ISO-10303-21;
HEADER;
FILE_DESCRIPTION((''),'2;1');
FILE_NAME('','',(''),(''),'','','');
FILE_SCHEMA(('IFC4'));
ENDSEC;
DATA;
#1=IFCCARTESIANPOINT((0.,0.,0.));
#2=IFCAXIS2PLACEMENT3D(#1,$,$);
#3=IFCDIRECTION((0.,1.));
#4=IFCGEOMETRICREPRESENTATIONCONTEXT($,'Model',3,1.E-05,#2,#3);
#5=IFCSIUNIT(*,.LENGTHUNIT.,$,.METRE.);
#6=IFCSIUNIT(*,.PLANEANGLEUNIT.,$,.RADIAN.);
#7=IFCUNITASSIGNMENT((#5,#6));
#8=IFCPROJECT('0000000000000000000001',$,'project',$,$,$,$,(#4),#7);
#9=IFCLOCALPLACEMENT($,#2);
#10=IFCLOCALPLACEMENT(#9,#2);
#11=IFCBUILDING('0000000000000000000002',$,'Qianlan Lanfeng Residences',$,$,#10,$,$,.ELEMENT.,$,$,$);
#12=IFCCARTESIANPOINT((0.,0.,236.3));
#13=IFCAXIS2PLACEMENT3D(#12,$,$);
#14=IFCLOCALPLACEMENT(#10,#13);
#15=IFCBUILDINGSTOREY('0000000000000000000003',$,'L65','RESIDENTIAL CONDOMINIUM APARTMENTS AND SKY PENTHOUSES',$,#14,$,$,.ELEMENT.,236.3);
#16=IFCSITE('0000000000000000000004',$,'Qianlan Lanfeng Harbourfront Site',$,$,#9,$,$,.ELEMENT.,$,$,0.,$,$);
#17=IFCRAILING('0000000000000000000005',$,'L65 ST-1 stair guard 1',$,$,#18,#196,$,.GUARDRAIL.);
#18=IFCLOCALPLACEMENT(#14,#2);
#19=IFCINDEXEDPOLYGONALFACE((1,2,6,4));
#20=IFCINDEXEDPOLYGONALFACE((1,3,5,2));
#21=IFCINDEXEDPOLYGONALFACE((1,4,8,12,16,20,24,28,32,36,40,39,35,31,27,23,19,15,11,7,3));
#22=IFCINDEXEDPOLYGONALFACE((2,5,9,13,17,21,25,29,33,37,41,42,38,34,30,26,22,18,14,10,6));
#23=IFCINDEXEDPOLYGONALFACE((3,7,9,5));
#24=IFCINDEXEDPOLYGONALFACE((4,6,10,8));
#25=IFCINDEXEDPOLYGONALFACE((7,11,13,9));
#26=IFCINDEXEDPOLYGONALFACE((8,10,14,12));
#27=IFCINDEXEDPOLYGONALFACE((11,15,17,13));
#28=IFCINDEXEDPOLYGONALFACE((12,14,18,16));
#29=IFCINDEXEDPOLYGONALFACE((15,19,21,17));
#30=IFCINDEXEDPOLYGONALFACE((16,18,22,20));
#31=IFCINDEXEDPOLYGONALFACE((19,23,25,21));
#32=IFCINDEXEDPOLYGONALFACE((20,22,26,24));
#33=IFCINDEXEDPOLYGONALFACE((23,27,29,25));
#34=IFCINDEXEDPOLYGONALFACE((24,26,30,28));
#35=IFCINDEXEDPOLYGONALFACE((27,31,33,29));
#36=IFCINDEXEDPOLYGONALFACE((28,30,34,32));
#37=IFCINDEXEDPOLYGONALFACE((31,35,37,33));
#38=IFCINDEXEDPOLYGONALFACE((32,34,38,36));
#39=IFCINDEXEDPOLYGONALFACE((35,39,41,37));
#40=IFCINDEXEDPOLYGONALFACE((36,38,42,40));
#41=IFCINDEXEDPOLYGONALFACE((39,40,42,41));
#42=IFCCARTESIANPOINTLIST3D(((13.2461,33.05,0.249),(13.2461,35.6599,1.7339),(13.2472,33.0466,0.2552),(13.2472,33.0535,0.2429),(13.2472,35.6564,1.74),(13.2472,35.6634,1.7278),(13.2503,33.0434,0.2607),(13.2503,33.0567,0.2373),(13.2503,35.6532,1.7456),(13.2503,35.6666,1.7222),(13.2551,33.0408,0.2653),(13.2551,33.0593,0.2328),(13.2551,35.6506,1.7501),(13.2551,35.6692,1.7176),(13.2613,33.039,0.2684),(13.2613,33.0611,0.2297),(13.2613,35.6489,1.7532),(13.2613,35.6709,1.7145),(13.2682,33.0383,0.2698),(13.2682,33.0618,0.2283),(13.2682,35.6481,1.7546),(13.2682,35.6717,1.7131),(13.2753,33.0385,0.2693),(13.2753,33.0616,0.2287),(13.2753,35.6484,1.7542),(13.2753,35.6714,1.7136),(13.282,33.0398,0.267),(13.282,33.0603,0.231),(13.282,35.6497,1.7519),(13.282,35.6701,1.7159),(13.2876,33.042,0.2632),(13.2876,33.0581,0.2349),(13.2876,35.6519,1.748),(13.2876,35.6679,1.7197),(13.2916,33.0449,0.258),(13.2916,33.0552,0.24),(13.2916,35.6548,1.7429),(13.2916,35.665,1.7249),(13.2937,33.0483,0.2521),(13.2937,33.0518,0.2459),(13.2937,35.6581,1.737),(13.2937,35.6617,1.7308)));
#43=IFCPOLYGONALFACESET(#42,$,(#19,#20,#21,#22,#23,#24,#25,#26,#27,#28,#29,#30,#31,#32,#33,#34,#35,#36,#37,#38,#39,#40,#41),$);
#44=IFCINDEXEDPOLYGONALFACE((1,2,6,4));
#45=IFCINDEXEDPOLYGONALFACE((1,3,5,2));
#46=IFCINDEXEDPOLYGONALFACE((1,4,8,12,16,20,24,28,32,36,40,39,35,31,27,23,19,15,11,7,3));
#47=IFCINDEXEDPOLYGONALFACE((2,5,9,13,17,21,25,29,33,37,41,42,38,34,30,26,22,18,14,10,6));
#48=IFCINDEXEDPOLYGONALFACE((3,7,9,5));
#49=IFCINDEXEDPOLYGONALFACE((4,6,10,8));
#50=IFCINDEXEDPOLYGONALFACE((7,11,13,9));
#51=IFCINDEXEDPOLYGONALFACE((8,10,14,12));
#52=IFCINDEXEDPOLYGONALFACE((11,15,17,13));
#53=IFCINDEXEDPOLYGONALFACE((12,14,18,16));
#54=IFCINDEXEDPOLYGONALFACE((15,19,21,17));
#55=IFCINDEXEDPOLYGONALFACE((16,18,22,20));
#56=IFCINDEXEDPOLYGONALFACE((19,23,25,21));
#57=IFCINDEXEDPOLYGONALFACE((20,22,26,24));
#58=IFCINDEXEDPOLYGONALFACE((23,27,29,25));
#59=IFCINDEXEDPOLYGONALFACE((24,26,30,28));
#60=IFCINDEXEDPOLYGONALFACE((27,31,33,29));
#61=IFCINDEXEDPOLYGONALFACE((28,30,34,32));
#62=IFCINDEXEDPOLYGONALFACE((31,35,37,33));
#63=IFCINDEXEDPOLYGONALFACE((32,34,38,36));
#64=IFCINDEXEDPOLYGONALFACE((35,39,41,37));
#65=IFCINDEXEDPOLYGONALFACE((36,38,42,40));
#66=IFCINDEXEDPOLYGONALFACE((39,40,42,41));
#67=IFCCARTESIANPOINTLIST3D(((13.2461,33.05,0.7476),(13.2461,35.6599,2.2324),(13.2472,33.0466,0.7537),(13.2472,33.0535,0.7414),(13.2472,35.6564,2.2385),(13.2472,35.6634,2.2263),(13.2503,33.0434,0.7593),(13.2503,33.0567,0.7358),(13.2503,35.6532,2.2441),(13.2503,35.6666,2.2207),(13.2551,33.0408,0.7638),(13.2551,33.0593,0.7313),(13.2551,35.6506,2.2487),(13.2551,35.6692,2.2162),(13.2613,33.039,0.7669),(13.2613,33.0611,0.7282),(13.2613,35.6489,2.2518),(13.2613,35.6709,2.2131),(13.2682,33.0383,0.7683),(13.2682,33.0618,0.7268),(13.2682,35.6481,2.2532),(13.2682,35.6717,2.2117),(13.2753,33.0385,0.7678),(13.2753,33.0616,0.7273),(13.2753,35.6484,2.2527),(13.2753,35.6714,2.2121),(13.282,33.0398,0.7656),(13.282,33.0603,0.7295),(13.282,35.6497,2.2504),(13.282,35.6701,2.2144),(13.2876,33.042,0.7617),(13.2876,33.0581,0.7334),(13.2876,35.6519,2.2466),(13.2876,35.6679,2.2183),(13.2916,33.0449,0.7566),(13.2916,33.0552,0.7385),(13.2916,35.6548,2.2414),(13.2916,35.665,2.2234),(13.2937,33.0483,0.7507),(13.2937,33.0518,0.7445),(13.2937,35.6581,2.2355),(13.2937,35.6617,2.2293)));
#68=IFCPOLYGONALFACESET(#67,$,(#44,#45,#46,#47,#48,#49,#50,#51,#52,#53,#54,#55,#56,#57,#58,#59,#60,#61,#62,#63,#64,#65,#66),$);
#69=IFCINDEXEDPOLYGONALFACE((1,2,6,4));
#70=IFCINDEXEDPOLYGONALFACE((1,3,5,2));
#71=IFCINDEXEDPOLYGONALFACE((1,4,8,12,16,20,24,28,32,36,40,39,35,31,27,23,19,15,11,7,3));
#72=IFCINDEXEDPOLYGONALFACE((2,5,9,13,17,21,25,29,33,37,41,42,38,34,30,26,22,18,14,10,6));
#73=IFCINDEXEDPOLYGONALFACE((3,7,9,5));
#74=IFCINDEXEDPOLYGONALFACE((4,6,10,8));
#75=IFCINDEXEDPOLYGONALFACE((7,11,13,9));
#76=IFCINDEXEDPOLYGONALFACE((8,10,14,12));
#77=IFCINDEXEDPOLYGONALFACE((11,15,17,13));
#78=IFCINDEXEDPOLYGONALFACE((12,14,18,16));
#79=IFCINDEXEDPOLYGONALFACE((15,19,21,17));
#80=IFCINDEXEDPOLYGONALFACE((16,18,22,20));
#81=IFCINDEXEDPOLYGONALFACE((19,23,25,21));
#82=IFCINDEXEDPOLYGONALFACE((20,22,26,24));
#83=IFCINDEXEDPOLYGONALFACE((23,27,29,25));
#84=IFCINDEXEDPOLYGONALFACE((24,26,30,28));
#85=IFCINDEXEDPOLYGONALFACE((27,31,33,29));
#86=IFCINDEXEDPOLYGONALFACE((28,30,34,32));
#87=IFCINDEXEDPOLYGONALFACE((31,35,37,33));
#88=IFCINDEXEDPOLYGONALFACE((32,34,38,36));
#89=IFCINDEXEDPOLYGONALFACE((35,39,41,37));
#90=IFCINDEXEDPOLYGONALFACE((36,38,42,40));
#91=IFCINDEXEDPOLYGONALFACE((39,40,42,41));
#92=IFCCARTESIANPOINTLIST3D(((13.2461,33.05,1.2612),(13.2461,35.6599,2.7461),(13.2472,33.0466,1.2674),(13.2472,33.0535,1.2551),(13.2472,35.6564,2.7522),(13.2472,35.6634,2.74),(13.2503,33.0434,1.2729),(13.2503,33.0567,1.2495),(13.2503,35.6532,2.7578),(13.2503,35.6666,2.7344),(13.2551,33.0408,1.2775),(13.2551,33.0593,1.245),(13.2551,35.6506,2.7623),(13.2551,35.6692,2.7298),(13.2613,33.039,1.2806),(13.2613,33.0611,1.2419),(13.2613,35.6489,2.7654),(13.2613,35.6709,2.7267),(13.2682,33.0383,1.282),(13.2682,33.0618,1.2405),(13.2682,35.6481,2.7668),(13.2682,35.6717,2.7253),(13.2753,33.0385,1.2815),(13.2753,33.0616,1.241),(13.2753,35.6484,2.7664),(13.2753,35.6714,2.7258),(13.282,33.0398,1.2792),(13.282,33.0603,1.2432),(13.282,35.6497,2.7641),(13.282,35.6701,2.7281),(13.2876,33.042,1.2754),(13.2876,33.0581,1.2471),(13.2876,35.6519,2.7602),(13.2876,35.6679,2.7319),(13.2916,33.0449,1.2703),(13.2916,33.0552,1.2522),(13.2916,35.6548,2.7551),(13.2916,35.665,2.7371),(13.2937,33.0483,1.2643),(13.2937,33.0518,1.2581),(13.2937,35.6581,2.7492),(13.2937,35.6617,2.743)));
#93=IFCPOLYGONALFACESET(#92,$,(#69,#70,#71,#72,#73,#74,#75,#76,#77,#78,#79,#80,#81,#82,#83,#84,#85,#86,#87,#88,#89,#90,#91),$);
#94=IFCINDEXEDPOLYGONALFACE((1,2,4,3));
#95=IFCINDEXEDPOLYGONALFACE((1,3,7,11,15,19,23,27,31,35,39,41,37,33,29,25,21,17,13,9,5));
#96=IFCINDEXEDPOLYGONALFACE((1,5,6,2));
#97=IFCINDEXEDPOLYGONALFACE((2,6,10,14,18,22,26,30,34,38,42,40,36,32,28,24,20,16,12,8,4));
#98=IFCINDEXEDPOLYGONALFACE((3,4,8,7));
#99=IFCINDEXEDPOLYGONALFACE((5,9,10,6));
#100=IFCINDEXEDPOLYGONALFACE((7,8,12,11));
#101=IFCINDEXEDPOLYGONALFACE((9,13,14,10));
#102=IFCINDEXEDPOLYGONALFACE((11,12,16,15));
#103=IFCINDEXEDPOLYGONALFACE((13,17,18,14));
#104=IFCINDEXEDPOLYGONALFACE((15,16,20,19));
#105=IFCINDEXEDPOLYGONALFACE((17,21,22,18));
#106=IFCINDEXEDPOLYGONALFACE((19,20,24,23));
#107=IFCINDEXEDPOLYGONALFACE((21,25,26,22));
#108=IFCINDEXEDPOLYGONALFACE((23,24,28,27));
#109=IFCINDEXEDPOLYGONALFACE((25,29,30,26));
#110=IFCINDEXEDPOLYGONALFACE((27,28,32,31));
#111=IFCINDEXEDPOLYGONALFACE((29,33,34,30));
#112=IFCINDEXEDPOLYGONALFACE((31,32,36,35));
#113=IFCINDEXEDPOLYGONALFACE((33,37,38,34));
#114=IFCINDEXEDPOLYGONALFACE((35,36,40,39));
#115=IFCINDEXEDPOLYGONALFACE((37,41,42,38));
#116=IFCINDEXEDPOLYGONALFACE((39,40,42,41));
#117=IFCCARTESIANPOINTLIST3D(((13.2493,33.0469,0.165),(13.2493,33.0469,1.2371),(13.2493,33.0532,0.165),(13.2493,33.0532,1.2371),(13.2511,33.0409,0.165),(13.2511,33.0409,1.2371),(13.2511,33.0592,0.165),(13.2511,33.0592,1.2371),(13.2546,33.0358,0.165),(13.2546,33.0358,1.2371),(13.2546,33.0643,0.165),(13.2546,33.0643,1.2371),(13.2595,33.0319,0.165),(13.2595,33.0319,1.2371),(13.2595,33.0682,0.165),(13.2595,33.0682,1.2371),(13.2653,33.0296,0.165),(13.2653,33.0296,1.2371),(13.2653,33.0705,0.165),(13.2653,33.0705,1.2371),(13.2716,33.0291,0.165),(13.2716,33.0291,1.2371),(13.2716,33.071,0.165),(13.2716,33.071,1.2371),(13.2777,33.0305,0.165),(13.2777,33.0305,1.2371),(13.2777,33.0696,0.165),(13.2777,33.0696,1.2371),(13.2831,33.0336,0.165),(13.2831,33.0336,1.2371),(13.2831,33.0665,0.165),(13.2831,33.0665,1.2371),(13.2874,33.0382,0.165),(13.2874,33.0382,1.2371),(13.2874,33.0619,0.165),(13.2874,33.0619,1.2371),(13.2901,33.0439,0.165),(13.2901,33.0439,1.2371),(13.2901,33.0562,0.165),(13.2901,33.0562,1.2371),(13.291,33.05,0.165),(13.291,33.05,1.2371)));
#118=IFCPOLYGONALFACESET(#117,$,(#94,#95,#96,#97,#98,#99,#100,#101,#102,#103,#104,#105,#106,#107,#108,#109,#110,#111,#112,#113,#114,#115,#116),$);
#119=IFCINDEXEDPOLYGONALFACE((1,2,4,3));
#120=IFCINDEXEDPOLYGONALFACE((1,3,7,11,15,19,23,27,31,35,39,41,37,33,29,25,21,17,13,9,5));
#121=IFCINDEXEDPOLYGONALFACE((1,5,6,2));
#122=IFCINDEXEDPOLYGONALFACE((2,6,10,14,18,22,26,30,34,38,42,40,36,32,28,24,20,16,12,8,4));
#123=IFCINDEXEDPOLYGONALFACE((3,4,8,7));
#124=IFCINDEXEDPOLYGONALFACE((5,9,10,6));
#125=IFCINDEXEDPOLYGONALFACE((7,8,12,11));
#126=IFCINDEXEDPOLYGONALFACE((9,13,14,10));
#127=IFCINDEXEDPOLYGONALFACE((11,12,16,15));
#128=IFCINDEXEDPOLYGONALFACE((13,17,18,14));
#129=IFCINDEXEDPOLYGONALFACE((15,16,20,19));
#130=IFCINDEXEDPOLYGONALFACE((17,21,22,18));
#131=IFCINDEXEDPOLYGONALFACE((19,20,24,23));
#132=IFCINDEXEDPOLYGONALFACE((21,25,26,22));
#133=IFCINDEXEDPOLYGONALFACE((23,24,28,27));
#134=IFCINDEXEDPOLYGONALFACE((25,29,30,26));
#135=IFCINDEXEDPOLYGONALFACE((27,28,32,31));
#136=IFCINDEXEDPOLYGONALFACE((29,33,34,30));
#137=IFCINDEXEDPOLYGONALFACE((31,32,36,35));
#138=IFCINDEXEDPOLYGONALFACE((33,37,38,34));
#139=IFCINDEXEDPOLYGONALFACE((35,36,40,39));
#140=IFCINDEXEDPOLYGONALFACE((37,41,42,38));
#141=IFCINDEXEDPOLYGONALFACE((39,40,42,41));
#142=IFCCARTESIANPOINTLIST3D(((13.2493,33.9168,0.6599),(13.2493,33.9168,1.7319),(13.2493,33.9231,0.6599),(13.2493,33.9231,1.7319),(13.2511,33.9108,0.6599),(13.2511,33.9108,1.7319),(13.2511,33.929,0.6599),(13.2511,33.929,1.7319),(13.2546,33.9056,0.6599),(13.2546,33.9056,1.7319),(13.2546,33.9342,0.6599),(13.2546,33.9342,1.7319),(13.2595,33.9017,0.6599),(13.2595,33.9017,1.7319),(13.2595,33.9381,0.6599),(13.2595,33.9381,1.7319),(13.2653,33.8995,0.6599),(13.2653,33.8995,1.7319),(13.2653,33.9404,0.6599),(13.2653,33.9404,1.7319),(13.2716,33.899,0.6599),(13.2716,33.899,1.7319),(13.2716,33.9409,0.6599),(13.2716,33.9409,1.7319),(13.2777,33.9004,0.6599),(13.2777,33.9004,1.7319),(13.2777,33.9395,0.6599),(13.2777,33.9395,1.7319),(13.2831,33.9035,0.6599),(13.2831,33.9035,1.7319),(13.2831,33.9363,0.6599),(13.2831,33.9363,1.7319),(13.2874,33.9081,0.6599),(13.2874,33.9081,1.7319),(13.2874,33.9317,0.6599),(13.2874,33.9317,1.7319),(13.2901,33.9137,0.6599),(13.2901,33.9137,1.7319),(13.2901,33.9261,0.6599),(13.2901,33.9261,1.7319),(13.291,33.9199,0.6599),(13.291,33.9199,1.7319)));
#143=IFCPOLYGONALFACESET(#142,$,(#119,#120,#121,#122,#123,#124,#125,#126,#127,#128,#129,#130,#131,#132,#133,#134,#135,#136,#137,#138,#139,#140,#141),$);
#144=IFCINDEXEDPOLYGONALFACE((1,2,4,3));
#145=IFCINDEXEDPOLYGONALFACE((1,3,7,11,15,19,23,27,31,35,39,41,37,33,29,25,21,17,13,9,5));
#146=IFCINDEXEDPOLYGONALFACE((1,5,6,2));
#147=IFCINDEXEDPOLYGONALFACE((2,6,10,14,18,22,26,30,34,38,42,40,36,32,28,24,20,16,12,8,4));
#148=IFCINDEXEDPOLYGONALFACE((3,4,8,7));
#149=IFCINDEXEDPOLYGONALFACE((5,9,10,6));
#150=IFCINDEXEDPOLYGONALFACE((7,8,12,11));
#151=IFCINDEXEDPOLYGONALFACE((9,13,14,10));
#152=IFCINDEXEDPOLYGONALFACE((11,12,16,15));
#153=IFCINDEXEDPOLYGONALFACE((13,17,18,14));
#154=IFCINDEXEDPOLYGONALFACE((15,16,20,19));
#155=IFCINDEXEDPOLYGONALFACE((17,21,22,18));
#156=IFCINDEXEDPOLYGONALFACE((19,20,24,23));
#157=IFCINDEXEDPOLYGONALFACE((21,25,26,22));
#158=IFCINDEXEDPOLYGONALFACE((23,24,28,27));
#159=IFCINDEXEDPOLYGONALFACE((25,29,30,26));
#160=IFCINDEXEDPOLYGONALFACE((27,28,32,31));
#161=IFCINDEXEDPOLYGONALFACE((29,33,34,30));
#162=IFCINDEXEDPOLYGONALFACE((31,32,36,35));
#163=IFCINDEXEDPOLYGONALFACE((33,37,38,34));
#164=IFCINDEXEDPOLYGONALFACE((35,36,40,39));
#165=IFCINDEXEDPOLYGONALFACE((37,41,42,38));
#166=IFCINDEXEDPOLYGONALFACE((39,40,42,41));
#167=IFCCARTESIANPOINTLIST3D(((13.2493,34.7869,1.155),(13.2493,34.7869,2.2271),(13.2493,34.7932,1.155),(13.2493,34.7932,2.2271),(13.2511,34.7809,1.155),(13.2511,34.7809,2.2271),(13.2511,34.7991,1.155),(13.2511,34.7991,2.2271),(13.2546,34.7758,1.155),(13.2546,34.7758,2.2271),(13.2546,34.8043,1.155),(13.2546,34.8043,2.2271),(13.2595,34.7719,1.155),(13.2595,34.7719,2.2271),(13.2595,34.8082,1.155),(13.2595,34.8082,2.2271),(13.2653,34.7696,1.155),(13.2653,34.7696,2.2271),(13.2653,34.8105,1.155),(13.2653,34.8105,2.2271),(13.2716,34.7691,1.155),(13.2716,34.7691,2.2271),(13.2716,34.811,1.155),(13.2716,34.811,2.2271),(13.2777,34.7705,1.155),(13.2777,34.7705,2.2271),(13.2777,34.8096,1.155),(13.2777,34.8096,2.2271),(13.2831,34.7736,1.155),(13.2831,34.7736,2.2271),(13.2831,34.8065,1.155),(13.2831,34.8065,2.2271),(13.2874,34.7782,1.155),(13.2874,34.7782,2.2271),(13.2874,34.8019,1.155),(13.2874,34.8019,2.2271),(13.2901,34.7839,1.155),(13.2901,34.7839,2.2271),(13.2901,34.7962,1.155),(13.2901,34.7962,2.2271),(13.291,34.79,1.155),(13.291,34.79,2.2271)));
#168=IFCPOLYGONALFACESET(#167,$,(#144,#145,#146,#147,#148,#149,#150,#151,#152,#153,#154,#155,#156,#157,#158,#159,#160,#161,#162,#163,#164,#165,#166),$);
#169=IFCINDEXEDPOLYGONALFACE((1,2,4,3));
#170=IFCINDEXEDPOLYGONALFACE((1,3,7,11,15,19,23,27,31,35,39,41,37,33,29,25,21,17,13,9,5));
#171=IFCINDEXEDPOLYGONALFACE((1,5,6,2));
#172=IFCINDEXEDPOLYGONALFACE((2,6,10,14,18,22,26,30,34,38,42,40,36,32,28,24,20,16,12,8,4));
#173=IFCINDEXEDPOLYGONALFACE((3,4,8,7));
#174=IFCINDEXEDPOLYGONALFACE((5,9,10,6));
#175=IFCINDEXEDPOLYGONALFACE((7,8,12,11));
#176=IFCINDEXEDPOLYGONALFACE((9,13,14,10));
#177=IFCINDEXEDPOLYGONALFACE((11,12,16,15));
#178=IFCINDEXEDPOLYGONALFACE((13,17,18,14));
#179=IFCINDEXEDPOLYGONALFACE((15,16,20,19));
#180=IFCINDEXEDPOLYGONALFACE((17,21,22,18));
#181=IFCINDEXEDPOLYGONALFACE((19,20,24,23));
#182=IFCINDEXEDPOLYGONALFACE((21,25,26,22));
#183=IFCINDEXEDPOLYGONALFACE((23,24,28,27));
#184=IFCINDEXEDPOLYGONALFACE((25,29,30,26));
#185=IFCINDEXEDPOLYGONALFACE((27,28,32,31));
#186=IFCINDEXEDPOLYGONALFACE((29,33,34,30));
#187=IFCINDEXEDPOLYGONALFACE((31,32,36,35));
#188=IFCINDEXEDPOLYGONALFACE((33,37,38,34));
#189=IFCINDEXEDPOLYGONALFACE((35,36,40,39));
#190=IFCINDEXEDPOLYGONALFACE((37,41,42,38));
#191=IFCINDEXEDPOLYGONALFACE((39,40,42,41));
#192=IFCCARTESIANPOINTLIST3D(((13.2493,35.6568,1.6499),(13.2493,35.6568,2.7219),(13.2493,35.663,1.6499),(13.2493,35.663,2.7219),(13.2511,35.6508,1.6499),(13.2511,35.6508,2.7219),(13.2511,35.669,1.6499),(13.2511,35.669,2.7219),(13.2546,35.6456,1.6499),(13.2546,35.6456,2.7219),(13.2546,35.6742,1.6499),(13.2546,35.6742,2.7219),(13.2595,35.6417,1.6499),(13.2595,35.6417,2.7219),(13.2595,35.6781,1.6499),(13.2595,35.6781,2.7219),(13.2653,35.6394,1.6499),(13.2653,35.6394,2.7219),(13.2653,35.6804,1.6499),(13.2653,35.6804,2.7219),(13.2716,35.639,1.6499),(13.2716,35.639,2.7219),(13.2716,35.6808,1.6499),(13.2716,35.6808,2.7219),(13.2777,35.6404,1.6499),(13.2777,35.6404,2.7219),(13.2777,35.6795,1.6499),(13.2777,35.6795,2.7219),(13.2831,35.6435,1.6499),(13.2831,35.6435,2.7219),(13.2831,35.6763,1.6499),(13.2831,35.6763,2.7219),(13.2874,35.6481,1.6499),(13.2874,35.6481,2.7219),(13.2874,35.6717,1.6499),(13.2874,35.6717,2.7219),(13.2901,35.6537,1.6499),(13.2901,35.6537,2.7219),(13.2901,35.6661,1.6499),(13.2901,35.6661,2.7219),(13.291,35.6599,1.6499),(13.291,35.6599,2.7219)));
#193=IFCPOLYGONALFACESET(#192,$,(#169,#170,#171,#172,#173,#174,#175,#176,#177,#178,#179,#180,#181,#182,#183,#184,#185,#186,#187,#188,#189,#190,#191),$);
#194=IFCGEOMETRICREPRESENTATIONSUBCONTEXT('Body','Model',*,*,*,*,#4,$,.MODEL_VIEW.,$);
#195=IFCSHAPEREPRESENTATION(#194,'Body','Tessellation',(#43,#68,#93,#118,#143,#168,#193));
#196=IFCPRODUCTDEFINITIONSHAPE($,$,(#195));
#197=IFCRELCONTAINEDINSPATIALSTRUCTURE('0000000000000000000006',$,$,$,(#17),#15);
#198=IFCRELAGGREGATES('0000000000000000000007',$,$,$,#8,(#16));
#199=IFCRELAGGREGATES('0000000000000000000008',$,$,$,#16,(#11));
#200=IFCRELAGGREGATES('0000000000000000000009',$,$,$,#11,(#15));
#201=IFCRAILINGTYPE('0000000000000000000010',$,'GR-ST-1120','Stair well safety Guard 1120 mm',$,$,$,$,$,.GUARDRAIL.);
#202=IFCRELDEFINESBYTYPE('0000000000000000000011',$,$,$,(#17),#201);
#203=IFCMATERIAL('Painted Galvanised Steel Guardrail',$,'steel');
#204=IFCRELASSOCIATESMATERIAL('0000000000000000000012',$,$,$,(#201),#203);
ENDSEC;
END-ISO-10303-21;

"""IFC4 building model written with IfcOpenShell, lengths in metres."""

from ifc_helpers import new_model, si_unit, direction, frame, origin, origin_2d, place, context, subcontext, project, spatial, circle, extrude, material, type_object, element, save


model = new_model("IFC4")

# Units and contexts
model_context = context("Model", 3, precision=1e-05, world=origin(), true_north=direction((0.0, 1.0)))
body_context = subcontext(model_context, "Body", "Model", "MODEL_VIEW")
ifc_project = project(units=[si_unit("LENGTHUNIT", "METRE"), si_unit("PLANEANGLEUNIT", "RADIAN")], contexts=[model_context])

# Site, building, storey
site_placement = place(None, origin())
site = spatial("IfcSite", under=ifc_project, at=site_placement, Name="Qianlan Lanfeng Harbourfront Site", CompositionType="ELEMENT", RefElevation=0.0)
building_placement = place(site_placement, origin())
building = spatial("IfcBuilding", under=site, at=building_placement, Name="Qianlan Lanfeng Residences", CompositionType="ELEMENT")
storey_placement = place(building_placement, frame((0.0, 0.0, 236.3)))
storey = spatial("IfcBuildingStorey", under=building, at=storey_placement, Name="L65", Description="RESIDENTIAL CONDOMINIUM APARTMENTS AND SKY PENTHOUSES", CompositionType="ELEMENT", Elevation=236.3)

# Railing
ifc_material_1 = material(Name="Painted Galvanised Steel Guardrail", Category="steel")
railing_type_1 = type_object("IfcRailingType", Name="GR-ST-1120", Description="Stair well safety Guard 1120 mm", PredefinedType="GUARDRAIL", material=ifc_material_1)
railing_1_placement = place(storey_placement, frame((13.27, 33.05, 0.165)))
element("IfcRailing", 1, at=railing_1_placement, inside=storey, type_object=railing_type_1, Name="L65 ST-1 stair guard 1", PredefinedType="GUARDRAIL", context=body_context, shape_type="SweptSolid", body=[
    extrude(circle(Radius=0.0239, at=origin_2d()), frame((0.0, 0.0, 0.084), z_axis=(0.0, 0.869172, 0.494509), x_axis=(-1.0, 0.0, 0.0)), (0.0, 0.0, 1.0), 3.0027),
    extrude(circle(Radius=0.0239, at=origin_2d()), frame((0.0, 0.0, 0.5825), z_axis=(0.0, 0.869172, 0.494509), x_axis=(-1.0, 0.0, 0.0)), (0.0, 0.0, 1.0), 3.0027),
    extrude(circle(Radius=0.0239, at=origin_2d()), frame((0.0, 0.0, 1.0962), z_axis=(0.0, 0.869172, 0.494509), x_axis=(-1.0, 0.0, 0.0)), (0.0, 0.0, 1.0), 3.0027),
    extrude(circle(Radius=0.021, at=origin_2d()), origin(), (0.0, 0.0, 1.0), 1.072),
    extrude(circle(Radius=0.021, at=origin_2d()), frame((0.0, 0.8699, 0.4949)), (0.0, 0.0, 1.0), 1.072),
    extrude(circle(Radius=0.021, at=origin_2d()), frame((0.0, 1.74, 0.99)), (0.0, 0.0, 1.0), 1.072),
    extrude(circle(Radius=0.021, at=origin_2d()), frame((0.0, 2.6099, 1.4849)), (0.0, 0.0, 1.0), 1.072),
])

save(model, "model.ifc")
